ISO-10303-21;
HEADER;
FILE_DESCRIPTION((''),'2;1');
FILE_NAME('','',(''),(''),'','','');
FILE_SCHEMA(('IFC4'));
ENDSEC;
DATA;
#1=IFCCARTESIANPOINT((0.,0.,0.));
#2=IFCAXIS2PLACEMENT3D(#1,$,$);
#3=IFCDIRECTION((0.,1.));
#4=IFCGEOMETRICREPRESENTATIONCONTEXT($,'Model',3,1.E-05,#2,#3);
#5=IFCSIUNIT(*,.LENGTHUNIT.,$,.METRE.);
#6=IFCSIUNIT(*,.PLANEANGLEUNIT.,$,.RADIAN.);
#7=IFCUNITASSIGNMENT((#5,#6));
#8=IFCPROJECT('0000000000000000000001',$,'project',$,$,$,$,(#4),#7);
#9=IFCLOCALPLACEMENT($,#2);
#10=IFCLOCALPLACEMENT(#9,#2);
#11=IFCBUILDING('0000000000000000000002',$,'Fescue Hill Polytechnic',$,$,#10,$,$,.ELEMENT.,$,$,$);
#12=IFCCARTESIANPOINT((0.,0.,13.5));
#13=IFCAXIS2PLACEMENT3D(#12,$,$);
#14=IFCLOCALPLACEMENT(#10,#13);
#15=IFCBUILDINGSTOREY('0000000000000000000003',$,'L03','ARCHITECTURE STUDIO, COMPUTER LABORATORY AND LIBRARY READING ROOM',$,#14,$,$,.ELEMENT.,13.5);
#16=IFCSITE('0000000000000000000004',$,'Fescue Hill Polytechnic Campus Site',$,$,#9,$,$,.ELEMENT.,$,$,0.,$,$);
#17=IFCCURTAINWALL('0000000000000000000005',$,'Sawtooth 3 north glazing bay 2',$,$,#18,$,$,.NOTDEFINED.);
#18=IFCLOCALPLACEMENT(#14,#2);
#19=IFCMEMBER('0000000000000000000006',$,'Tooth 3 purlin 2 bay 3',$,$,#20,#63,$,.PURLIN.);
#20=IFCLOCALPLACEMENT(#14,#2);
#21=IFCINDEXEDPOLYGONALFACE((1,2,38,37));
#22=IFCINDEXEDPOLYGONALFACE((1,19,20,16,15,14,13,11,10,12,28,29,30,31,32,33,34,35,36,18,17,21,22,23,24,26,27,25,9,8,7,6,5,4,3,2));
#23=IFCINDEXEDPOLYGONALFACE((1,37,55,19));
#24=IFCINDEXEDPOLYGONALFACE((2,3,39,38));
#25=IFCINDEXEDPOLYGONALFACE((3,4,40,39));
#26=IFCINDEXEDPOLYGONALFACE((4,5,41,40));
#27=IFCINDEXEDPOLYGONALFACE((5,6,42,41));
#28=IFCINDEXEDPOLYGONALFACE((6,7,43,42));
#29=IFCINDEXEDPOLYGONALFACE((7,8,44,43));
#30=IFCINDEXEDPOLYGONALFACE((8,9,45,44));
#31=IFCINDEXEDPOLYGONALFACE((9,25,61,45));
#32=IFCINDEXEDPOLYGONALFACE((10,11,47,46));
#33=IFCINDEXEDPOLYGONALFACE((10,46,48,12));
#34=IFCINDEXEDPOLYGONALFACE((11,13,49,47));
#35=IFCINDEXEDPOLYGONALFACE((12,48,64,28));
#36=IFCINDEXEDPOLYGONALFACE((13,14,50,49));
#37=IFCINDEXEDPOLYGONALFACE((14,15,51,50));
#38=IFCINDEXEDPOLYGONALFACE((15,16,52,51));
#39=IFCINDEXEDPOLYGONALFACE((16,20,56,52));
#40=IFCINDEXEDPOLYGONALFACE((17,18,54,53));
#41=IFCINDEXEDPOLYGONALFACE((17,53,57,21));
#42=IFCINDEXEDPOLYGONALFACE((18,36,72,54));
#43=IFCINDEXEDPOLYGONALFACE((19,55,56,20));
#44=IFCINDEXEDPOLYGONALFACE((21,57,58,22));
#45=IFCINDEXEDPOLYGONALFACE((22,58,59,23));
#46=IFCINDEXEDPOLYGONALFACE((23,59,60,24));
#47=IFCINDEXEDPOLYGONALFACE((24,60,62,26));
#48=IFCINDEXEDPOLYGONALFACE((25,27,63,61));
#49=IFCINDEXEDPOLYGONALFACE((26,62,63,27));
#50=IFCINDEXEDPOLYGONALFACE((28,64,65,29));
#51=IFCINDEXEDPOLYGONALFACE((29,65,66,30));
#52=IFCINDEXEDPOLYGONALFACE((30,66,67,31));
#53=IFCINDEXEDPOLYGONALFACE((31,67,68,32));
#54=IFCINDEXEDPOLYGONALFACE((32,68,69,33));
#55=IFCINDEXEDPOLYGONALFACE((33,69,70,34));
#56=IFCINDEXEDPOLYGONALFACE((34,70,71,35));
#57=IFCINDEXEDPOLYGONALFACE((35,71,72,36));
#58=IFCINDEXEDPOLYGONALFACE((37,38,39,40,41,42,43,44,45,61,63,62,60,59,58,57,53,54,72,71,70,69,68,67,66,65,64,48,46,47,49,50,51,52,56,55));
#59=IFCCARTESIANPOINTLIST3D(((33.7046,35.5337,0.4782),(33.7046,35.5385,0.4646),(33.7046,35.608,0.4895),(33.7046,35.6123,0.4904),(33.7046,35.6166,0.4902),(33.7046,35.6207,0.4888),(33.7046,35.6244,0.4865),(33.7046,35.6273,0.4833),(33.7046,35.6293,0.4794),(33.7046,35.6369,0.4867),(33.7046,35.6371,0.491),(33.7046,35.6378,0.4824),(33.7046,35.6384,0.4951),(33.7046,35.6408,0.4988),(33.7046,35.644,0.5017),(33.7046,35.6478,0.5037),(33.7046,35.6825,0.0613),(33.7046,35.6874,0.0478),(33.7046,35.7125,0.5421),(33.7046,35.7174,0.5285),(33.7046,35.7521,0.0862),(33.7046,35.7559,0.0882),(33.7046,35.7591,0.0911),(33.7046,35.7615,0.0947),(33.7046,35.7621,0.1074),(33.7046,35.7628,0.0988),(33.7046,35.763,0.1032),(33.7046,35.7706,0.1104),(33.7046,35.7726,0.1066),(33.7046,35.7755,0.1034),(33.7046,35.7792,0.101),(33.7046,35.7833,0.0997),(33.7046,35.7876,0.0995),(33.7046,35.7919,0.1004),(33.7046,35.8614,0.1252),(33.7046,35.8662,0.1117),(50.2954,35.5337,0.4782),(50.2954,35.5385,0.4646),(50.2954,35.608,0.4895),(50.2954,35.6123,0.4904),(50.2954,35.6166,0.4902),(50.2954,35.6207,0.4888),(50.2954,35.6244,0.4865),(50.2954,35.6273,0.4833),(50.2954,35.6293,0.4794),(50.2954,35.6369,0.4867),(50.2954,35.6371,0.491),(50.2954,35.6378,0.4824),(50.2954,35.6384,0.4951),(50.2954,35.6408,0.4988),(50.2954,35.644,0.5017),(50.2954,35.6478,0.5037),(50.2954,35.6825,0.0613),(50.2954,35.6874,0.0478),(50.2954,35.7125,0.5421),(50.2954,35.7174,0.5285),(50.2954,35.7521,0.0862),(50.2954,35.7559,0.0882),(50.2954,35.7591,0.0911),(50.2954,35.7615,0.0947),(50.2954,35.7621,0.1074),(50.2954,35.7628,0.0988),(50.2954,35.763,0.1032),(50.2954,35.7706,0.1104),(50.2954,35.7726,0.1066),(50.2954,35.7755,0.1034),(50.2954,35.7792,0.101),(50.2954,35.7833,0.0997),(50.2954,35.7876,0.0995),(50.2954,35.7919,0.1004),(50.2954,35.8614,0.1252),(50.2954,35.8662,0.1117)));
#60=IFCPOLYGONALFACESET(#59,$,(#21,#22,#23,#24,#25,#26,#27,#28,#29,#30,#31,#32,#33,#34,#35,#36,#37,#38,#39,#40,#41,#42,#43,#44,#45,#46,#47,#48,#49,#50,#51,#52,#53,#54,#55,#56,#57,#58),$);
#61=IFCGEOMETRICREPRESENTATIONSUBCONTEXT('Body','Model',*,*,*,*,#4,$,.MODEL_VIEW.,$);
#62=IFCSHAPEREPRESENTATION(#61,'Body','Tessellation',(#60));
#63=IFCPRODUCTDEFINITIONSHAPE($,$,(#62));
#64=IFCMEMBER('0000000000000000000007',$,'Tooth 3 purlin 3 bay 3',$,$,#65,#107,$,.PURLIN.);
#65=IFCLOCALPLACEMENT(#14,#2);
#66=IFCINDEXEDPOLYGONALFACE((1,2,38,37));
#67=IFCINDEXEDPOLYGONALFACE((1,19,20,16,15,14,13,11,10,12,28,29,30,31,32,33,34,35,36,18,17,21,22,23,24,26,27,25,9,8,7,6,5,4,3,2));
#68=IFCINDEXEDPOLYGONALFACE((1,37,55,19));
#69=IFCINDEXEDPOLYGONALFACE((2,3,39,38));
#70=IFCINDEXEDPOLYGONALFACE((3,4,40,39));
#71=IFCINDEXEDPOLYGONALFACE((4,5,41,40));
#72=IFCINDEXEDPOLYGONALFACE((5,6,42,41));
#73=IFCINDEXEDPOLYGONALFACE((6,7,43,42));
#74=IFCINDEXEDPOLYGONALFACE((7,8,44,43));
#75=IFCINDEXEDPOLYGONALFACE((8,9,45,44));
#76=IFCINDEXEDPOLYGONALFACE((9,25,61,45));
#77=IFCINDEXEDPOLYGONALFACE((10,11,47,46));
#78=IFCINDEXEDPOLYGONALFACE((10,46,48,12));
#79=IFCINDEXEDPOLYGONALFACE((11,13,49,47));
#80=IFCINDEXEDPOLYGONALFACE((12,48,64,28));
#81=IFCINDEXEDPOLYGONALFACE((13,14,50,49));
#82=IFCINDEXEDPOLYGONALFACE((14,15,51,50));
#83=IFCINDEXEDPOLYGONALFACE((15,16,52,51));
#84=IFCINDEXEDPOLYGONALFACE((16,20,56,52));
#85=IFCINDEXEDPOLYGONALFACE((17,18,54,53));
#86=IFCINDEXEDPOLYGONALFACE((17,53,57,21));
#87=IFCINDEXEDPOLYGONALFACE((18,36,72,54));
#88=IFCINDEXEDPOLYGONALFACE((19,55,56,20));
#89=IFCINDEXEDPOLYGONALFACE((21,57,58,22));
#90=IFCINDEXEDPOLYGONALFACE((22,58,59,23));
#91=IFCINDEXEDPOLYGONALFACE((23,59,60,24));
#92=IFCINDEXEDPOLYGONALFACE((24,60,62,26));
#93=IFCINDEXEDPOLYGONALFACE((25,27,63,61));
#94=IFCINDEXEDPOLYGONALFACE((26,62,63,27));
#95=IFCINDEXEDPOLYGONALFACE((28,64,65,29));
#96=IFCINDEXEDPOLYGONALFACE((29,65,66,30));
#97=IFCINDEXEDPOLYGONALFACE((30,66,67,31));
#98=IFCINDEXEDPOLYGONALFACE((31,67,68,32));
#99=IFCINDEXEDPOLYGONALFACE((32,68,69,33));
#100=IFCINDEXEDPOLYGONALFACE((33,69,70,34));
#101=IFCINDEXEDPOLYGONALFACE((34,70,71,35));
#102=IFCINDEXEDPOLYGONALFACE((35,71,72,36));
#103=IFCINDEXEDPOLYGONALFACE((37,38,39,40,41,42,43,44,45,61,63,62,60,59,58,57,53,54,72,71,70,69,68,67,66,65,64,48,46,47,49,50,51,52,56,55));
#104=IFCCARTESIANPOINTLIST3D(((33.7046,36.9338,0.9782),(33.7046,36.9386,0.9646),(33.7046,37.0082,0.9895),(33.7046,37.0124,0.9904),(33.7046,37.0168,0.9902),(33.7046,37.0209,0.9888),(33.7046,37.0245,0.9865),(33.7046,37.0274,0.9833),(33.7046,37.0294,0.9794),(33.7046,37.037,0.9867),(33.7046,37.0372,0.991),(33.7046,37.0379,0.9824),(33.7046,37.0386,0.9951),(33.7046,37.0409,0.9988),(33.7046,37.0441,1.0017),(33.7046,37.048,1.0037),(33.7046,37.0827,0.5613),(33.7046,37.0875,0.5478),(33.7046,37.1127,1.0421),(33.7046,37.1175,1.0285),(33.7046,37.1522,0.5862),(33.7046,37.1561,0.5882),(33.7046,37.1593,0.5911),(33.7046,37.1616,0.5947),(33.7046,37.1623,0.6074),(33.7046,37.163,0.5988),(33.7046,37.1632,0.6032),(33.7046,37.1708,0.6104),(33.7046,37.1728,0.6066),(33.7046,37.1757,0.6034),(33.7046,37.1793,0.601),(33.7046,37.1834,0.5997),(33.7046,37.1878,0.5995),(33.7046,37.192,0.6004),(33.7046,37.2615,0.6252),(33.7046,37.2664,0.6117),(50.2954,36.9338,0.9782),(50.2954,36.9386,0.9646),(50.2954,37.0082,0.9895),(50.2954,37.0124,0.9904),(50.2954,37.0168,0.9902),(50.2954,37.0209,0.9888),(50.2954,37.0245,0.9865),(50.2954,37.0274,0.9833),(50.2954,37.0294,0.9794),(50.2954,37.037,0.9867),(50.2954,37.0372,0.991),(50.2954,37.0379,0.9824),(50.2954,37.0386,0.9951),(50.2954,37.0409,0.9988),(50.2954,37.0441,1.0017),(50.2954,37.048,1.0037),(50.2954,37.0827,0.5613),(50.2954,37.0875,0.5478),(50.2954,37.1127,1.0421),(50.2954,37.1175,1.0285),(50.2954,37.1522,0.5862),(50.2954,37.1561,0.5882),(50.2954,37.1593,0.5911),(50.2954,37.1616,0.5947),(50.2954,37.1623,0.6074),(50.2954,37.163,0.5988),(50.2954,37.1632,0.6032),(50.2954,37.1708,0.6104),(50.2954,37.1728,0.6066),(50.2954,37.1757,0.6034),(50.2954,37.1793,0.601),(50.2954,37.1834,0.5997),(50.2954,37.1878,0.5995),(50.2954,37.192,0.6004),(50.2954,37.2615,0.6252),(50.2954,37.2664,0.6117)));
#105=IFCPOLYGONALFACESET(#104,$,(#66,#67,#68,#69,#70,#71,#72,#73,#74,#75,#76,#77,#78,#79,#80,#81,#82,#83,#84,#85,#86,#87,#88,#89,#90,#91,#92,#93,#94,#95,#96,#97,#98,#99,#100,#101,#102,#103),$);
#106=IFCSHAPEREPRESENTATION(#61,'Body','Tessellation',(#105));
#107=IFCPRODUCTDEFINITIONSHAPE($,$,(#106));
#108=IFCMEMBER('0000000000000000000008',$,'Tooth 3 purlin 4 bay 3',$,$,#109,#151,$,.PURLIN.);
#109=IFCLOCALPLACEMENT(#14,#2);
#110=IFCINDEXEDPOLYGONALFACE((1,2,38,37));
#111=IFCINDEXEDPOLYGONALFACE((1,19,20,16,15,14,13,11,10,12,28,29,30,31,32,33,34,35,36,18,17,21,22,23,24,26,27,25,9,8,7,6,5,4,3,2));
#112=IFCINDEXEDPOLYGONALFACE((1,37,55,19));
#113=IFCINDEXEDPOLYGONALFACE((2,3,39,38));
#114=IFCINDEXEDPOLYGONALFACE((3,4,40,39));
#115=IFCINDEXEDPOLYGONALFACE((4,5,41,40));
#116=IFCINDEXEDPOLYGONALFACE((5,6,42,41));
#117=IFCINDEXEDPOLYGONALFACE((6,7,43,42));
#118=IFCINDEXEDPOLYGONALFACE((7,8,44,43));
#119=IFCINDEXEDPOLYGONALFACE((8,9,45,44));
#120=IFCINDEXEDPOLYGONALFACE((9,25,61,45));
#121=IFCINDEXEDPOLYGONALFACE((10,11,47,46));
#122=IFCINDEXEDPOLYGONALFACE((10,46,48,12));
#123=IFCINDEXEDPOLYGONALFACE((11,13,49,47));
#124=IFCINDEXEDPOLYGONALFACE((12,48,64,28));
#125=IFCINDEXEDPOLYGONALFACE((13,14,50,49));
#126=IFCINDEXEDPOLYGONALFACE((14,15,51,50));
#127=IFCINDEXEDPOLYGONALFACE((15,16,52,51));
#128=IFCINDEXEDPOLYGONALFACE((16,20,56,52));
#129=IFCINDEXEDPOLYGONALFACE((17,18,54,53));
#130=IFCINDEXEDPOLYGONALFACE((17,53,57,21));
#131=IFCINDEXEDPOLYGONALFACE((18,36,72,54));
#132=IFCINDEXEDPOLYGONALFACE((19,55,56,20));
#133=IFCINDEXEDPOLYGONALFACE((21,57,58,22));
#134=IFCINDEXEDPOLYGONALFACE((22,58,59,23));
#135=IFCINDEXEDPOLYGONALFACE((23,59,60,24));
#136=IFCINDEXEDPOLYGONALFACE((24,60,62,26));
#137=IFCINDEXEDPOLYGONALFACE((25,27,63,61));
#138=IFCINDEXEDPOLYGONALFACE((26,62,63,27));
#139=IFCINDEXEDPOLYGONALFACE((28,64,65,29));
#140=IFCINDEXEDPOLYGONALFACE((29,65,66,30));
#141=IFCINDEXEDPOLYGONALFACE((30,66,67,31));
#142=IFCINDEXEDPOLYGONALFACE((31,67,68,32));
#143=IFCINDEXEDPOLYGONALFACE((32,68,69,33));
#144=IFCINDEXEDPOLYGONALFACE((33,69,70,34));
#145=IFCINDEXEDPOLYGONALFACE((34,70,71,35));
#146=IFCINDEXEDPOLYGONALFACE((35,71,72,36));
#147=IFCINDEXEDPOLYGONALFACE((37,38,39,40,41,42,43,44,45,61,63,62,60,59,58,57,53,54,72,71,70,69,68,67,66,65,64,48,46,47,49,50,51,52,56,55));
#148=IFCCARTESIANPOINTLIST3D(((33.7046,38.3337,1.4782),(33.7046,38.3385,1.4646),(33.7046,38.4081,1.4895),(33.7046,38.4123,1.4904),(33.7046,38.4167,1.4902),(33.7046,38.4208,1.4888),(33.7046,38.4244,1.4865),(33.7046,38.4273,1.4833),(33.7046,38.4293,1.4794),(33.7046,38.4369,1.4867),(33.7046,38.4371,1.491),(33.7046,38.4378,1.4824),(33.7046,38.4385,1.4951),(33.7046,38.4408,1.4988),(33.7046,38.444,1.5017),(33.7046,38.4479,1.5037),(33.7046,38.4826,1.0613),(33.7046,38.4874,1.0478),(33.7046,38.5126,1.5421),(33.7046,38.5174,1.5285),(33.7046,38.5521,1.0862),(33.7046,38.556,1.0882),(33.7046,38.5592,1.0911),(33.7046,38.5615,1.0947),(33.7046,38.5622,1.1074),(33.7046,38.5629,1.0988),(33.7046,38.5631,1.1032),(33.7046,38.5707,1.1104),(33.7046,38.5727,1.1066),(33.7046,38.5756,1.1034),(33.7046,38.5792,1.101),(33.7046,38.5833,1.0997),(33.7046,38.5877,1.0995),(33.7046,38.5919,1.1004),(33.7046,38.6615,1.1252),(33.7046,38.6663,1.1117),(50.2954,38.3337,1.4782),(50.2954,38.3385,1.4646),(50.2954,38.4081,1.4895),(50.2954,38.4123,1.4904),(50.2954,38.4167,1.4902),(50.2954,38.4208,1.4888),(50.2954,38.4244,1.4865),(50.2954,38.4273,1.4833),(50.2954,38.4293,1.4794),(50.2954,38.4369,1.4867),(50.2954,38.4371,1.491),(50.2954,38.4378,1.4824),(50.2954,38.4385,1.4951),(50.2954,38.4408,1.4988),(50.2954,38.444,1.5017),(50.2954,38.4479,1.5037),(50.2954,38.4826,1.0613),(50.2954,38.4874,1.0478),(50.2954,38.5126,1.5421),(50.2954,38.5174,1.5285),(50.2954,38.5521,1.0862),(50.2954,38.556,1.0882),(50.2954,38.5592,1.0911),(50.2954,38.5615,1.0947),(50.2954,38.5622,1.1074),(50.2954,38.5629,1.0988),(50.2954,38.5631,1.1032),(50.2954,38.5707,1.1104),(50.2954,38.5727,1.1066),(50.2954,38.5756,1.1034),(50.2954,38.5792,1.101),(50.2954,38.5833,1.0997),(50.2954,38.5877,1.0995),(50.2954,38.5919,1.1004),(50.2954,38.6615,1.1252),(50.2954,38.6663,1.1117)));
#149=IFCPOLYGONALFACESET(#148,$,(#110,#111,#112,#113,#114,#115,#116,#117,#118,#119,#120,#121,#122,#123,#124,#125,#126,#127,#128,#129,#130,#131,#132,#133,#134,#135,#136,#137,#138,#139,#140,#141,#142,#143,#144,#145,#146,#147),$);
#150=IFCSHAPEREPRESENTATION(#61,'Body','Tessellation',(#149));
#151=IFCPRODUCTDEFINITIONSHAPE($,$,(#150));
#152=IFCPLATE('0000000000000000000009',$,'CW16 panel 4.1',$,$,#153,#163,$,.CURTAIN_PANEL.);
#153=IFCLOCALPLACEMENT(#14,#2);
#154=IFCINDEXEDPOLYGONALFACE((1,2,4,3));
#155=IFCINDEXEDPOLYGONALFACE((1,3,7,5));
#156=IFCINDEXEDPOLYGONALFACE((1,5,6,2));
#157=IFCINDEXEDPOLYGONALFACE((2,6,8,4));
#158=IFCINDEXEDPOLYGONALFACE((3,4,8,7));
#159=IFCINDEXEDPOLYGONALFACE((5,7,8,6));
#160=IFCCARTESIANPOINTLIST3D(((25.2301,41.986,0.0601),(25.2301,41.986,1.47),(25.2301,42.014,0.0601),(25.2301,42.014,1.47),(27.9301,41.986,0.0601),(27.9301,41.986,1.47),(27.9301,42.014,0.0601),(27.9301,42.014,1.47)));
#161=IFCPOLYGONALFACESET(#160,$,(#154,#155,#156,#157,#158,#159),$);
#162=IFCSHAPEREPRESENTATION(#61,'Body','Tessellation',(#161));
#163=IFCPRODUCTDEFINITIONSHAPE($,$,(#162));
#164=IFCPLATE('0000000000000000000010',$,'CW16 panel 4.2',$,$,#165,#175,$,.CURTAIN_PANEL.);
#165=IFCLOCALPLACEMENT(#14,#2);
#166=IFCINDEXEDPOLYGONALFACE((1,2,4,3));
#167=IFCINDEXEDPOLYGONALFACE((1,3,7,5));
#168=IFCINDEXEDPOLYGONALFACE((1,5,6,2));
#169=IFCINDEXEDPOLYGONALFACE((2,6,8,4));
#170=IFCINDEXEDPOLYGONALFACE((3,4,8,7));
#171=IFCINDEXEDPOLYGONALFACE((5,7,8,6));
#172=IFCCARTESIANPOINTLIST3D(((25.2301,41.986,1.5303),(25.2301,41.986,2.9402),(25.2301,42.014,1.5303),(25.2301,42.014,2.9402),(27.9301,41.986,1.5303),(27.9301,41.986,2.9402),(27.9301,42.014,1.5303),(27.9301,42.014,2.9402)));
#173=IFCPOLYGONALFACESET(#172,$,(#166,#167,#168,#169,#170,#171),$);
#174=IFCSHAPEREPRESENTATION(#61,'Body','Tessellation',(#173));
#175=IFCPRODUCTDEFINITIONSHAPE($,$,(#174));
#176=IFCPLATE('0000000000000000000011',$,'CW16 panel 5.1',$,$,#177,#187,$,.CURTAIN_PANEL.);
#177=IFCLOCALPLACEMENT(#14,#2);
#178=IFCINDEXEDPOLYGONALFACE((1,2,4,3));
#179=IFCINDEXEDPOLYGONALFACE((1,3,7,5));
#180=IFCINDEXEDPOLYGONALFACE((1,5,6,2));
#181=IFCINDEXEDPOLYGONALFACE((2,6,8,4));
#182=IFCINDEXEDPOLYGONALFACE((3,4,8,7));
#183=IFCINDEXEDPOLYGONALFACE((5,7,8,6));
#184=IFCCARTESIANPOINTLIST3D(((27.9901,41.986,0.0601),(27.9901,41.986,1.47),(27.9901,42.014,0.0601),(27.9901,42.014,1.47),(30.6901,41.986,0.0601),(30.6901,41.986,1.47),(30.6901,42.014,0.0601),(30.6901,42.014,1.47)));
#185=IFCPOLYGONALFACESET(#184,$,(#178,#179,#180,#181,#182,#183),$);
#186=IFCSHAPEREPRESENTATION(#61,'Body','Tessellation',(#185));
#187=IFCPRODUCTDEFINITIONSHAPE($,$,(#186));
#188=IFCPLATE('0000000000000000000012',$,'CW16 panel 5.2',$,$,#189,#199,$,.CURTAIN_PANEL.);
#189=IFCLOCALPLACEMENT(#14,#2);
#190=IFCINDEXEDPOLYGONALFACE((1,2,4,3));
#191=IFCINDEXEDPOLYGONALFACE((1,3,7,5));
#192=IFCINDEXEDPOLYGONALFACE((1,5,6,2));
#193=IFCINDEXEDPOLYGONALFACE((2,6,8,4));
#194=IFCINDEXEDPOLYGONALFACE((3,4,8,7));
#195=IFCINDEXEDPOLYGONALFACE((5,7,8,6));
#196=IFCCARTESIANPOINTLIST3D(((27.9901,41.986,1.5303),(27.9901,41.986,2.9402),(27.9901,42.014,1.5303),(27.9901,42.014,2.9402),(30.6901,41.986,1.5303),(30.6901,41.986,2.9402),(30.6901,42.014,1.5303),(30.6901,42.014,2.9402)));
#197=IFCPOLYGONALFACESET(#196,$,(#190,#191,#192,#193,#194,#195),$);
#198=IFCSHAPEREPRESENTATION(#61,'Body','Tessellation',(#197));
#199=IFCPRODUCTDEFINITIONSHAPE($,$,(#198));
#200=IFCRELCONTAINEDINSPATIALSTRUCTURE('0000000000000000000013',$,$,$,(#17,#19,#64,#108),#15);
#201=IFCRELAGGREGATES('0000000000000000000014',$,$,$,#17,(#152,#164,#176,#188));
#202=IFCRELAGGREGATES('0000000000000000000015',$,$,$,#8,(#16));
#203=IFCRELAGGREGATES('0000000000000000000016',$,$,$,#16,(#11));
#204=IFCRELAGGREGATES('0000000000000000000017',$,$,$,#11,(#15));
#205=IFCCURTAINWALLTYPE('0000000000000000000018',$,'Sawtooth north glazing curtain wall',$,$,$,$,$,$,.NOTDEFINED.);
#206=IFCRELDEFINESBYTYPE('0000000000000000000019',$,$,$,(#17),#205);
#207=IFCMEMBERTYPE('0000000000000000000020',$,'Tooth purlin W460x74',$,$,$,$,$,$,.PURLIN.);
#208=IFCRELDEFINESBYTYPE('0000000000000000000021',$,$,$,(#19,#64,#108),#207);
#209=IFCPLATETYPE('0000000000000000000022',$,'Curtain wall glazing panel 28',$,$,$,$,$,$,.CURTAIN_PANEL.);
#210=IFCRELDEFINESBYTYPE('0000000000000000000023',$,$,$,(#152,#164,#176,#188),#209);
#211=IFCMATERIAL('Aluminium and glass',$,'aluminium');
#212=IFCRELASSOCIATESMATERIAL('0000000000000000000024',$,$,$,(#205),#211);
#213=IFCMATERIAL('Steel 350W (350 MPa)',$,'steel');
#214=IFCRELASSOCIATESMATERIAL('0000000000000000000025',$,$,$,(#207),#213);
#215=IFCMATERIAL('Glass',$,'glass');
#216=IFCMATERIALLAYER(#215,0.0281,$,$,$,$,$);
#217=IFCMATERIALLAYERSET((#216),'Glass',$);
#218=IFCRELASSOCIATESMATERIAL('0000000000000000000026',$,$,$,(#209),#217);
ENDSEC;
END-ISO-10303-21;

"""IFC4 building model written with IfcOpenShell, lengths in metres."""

from ifc_helpers import new_model, si_unit, direction, frame, origin, origin_2d, place, context, subcontext, project, spatial, rectangle, i_section, extrude, material, layer, layer_set, material_profile, profile_set, type_object, element, aggregate, save


model = new_model("IFC4")

# Units and contexts
model_context = context("Model", 3, precision=1e-05, world=origin(), true_north=direction((0.0, 1.0)))
body_context = subcontext(model_context, "Body", "Model", "MODEL_VIEW")
ifc_project = project(units=[si_unit("LENGTHUNIT", "METRE"), si_unit("PLANEANGLEUNIT", "RADIAN")], contexts=[model_context])

# Site, building, storey
site_placement = place(None, origin())
site = spatial("IfcSite", under=ifc_project, at=site_placement, Name="Fescue Hill Polytechnic Campus Site", CompositionType="ELEMENT", RefElevation=0.0)
building_placement = place(site_placement, origin())
building = spatial("IfcBuilding", under=site, at=building_placement, Name="Fescue Hill Polytechnic", CompositionType="ELEMENT")
storey_placement = place(building_placement, frame((0.0, 0.0, 13.5)))
storey = spatial("IfcBuildingStorey", under=building, at=storey_placement, Name="L03", Description="ARCHITECTURE STUDIO, COMPUTER LABORATORY AND LIBRARY READING ROOM", CompositionType="ELEMENT", Elevation=13.5)

# Curtain wall
ifc_material_1 = material(Name="Aluminium and glass", Category="aluminium")
curtain_wall_type = type_object("IfcCurtainWallType", Name="Sawtooth north glazing curtain wall", PredefinedType="NOTDEFINED", material=ifc_material_1)
curtain_wall_placement = place(storey_placement, origin())
curtain_wall = element("IfcCurtainWall", 1, at=curtain_wall_placement, inside=storey, type_object=curtain_wall_type, Name="Sawtooth 3 north glazing bay 2", PredefinedType="NOTDEFINED")

# Members
ifc_material_2 = material(Name="Steel 350W (350 MPa)", Category="steel")
ifc_material_profile_1 = material_profile(ifc_material_2, i_section(OverallWidth=0.1899, OverallDepth=0.457, WebThickness=0.009, FlangeThickness=0.0144, FilletRadius=0.0166, at=origin_2d()), Name="W460x74")
ifc_profile_set_1 = profile_set([ifc_material_profile_1], Name="Steel 350W (350 MPa)")
member_type_1 = type_object("IfcMemberType", Name="Tooth purlin W460x74", PredefinedType="PURLIN", material=ifc_profile_set_1)
for number, where, z_axis, x_axis, name in (
    (2, (33.7046, 35.7, 0.2949), (1.0, 0.0, 0.0), (0.0, 0.941742, 0.336336), "Tooth 3 purlin 2 bay 3"),
    (3, (33.7046, 37.1001, 0.7949), (1.0, 0.0, 0.0), (0.0, 0.941742, 0.336336), "Tooth 3 purlin 3 bay 3"),
    (4, (33.7046, 38.5, 1.2949), (1.0, 0.0, 0.0), (0.0, 0.941742, 0.336336), "Tooth 3 purlin 4 bay 3"),
):
    element("IfcMember", number, at=place(storey_placement, frame(where, z_axis=z_axis, x_axis=x_axis)), inside=storey, type_object=member_type_1, Name=name, PredefinedType="PURLIN", context=body_context, shape_type="SweptSolid", body=[
        extrude(i_section(OverallWidth=0.1899, OverallDepth=0.457, WebThickness=0.009, FlangeThickness=0.0144, FilletRadius=0.0166, at=origin_2d()), origin(), (0.0, 0.0, 1.0), 16.5908),
    ])

# Plates
ifc_material_3 = material(Name="Glass", Category="glass")
ifc_layer = layer(ifc_material_3, 0.0281)
ifc_layer_set = layer_set([ifc_layer], Name="Glass")
plate_type = type_object("IfcPlateType", Name="Curtain wall glazing panel 28", PredefinedType="CURTAIN_PANEL", material=ifc_layer_set)
plate_1_placement = place(storey_placement, frame((26.5801, 42.0, 0.0601), z_axis=(0.0, 0.0, 1.0), x_axis=(1.0, 0.0, 0.0)))
plate_1 = element("IfcPlate", 5, at=plate_1_placement, type_object=plate_type, Name="CW16 panel 4.1", PredefinedType="CURTAIN_PANEL", context=body_context, shape_type="SweptSolid", body=[
    extrude(rectangle(XDim=2.7, YDim=0.0281, at=origin_2d()), origin(), (0.0, 0.0, 1.0), 1.4099),
])
plate_2_placement = place(storey_placement, frame((26.5801, 42.0, 1.5303), z_axis=(0.0, 0.0, 1.0), x_axis=(1.0, 0.0, 0.0)))
plate_2 = element("IfcPlate", 6, at=plate_2_placement, type_object=plate_type, Name="CW16 panel 4.2", PredefinedType="CURTAIN_PANEL", context=body_context, shape_type="SweptSolid", body=[
    extrude(rectangle(XDim=2.7, YDim=0.0281, at=origin_2d()), origin(), (0.0, 0.0, 1.0), 1.4099),
])
plate_3_placement = place(storey_placement, frame((29.3401, 42.0, 0.0601), z_axis=(0.0, 0.0, 1.0), x_axis=(1.0, 0.0, 0.0)))
plate_3 = element("IfcPlate", 7, at=plate_3_placement, type_object=plate_type, Name="CW16 panel 5.1", PredefinedType="CURTAIN_PANEL", context=body_context, shape_type="SweptSolid", body=[
    extrude(rectangle(XDim=2.7, YDim=0.0281, at=origin_2d()), origin(), (0.0, 0.0, 1.0), 1.4099),
])
plate_4_placement = place(storey_placement, frame((29.3401, 42.0, 1.5303), z_axis=(0.0, 0.0, 1.0), x_axis=(1.0, 0.0, 0.0)))
plate_4 = element("IfcPlate", 8, at=plate_4_placement, type_object=plate_type, Name="CW16 panel 5.2", PredefinedType="CURTAIN_PANEL", context=body_context, shape_type="SweptSolid", body=[
    extrude(rectangle(XDim=2.7, YDim=0.0281, at=origin_2d()), origin(), (0.0, 0.0, 1.0), 1.4099),
])
aggregate(curtain_wall, [plate_1, plate_2, plate_3, plate_4])

save(model, "model.ifc")
